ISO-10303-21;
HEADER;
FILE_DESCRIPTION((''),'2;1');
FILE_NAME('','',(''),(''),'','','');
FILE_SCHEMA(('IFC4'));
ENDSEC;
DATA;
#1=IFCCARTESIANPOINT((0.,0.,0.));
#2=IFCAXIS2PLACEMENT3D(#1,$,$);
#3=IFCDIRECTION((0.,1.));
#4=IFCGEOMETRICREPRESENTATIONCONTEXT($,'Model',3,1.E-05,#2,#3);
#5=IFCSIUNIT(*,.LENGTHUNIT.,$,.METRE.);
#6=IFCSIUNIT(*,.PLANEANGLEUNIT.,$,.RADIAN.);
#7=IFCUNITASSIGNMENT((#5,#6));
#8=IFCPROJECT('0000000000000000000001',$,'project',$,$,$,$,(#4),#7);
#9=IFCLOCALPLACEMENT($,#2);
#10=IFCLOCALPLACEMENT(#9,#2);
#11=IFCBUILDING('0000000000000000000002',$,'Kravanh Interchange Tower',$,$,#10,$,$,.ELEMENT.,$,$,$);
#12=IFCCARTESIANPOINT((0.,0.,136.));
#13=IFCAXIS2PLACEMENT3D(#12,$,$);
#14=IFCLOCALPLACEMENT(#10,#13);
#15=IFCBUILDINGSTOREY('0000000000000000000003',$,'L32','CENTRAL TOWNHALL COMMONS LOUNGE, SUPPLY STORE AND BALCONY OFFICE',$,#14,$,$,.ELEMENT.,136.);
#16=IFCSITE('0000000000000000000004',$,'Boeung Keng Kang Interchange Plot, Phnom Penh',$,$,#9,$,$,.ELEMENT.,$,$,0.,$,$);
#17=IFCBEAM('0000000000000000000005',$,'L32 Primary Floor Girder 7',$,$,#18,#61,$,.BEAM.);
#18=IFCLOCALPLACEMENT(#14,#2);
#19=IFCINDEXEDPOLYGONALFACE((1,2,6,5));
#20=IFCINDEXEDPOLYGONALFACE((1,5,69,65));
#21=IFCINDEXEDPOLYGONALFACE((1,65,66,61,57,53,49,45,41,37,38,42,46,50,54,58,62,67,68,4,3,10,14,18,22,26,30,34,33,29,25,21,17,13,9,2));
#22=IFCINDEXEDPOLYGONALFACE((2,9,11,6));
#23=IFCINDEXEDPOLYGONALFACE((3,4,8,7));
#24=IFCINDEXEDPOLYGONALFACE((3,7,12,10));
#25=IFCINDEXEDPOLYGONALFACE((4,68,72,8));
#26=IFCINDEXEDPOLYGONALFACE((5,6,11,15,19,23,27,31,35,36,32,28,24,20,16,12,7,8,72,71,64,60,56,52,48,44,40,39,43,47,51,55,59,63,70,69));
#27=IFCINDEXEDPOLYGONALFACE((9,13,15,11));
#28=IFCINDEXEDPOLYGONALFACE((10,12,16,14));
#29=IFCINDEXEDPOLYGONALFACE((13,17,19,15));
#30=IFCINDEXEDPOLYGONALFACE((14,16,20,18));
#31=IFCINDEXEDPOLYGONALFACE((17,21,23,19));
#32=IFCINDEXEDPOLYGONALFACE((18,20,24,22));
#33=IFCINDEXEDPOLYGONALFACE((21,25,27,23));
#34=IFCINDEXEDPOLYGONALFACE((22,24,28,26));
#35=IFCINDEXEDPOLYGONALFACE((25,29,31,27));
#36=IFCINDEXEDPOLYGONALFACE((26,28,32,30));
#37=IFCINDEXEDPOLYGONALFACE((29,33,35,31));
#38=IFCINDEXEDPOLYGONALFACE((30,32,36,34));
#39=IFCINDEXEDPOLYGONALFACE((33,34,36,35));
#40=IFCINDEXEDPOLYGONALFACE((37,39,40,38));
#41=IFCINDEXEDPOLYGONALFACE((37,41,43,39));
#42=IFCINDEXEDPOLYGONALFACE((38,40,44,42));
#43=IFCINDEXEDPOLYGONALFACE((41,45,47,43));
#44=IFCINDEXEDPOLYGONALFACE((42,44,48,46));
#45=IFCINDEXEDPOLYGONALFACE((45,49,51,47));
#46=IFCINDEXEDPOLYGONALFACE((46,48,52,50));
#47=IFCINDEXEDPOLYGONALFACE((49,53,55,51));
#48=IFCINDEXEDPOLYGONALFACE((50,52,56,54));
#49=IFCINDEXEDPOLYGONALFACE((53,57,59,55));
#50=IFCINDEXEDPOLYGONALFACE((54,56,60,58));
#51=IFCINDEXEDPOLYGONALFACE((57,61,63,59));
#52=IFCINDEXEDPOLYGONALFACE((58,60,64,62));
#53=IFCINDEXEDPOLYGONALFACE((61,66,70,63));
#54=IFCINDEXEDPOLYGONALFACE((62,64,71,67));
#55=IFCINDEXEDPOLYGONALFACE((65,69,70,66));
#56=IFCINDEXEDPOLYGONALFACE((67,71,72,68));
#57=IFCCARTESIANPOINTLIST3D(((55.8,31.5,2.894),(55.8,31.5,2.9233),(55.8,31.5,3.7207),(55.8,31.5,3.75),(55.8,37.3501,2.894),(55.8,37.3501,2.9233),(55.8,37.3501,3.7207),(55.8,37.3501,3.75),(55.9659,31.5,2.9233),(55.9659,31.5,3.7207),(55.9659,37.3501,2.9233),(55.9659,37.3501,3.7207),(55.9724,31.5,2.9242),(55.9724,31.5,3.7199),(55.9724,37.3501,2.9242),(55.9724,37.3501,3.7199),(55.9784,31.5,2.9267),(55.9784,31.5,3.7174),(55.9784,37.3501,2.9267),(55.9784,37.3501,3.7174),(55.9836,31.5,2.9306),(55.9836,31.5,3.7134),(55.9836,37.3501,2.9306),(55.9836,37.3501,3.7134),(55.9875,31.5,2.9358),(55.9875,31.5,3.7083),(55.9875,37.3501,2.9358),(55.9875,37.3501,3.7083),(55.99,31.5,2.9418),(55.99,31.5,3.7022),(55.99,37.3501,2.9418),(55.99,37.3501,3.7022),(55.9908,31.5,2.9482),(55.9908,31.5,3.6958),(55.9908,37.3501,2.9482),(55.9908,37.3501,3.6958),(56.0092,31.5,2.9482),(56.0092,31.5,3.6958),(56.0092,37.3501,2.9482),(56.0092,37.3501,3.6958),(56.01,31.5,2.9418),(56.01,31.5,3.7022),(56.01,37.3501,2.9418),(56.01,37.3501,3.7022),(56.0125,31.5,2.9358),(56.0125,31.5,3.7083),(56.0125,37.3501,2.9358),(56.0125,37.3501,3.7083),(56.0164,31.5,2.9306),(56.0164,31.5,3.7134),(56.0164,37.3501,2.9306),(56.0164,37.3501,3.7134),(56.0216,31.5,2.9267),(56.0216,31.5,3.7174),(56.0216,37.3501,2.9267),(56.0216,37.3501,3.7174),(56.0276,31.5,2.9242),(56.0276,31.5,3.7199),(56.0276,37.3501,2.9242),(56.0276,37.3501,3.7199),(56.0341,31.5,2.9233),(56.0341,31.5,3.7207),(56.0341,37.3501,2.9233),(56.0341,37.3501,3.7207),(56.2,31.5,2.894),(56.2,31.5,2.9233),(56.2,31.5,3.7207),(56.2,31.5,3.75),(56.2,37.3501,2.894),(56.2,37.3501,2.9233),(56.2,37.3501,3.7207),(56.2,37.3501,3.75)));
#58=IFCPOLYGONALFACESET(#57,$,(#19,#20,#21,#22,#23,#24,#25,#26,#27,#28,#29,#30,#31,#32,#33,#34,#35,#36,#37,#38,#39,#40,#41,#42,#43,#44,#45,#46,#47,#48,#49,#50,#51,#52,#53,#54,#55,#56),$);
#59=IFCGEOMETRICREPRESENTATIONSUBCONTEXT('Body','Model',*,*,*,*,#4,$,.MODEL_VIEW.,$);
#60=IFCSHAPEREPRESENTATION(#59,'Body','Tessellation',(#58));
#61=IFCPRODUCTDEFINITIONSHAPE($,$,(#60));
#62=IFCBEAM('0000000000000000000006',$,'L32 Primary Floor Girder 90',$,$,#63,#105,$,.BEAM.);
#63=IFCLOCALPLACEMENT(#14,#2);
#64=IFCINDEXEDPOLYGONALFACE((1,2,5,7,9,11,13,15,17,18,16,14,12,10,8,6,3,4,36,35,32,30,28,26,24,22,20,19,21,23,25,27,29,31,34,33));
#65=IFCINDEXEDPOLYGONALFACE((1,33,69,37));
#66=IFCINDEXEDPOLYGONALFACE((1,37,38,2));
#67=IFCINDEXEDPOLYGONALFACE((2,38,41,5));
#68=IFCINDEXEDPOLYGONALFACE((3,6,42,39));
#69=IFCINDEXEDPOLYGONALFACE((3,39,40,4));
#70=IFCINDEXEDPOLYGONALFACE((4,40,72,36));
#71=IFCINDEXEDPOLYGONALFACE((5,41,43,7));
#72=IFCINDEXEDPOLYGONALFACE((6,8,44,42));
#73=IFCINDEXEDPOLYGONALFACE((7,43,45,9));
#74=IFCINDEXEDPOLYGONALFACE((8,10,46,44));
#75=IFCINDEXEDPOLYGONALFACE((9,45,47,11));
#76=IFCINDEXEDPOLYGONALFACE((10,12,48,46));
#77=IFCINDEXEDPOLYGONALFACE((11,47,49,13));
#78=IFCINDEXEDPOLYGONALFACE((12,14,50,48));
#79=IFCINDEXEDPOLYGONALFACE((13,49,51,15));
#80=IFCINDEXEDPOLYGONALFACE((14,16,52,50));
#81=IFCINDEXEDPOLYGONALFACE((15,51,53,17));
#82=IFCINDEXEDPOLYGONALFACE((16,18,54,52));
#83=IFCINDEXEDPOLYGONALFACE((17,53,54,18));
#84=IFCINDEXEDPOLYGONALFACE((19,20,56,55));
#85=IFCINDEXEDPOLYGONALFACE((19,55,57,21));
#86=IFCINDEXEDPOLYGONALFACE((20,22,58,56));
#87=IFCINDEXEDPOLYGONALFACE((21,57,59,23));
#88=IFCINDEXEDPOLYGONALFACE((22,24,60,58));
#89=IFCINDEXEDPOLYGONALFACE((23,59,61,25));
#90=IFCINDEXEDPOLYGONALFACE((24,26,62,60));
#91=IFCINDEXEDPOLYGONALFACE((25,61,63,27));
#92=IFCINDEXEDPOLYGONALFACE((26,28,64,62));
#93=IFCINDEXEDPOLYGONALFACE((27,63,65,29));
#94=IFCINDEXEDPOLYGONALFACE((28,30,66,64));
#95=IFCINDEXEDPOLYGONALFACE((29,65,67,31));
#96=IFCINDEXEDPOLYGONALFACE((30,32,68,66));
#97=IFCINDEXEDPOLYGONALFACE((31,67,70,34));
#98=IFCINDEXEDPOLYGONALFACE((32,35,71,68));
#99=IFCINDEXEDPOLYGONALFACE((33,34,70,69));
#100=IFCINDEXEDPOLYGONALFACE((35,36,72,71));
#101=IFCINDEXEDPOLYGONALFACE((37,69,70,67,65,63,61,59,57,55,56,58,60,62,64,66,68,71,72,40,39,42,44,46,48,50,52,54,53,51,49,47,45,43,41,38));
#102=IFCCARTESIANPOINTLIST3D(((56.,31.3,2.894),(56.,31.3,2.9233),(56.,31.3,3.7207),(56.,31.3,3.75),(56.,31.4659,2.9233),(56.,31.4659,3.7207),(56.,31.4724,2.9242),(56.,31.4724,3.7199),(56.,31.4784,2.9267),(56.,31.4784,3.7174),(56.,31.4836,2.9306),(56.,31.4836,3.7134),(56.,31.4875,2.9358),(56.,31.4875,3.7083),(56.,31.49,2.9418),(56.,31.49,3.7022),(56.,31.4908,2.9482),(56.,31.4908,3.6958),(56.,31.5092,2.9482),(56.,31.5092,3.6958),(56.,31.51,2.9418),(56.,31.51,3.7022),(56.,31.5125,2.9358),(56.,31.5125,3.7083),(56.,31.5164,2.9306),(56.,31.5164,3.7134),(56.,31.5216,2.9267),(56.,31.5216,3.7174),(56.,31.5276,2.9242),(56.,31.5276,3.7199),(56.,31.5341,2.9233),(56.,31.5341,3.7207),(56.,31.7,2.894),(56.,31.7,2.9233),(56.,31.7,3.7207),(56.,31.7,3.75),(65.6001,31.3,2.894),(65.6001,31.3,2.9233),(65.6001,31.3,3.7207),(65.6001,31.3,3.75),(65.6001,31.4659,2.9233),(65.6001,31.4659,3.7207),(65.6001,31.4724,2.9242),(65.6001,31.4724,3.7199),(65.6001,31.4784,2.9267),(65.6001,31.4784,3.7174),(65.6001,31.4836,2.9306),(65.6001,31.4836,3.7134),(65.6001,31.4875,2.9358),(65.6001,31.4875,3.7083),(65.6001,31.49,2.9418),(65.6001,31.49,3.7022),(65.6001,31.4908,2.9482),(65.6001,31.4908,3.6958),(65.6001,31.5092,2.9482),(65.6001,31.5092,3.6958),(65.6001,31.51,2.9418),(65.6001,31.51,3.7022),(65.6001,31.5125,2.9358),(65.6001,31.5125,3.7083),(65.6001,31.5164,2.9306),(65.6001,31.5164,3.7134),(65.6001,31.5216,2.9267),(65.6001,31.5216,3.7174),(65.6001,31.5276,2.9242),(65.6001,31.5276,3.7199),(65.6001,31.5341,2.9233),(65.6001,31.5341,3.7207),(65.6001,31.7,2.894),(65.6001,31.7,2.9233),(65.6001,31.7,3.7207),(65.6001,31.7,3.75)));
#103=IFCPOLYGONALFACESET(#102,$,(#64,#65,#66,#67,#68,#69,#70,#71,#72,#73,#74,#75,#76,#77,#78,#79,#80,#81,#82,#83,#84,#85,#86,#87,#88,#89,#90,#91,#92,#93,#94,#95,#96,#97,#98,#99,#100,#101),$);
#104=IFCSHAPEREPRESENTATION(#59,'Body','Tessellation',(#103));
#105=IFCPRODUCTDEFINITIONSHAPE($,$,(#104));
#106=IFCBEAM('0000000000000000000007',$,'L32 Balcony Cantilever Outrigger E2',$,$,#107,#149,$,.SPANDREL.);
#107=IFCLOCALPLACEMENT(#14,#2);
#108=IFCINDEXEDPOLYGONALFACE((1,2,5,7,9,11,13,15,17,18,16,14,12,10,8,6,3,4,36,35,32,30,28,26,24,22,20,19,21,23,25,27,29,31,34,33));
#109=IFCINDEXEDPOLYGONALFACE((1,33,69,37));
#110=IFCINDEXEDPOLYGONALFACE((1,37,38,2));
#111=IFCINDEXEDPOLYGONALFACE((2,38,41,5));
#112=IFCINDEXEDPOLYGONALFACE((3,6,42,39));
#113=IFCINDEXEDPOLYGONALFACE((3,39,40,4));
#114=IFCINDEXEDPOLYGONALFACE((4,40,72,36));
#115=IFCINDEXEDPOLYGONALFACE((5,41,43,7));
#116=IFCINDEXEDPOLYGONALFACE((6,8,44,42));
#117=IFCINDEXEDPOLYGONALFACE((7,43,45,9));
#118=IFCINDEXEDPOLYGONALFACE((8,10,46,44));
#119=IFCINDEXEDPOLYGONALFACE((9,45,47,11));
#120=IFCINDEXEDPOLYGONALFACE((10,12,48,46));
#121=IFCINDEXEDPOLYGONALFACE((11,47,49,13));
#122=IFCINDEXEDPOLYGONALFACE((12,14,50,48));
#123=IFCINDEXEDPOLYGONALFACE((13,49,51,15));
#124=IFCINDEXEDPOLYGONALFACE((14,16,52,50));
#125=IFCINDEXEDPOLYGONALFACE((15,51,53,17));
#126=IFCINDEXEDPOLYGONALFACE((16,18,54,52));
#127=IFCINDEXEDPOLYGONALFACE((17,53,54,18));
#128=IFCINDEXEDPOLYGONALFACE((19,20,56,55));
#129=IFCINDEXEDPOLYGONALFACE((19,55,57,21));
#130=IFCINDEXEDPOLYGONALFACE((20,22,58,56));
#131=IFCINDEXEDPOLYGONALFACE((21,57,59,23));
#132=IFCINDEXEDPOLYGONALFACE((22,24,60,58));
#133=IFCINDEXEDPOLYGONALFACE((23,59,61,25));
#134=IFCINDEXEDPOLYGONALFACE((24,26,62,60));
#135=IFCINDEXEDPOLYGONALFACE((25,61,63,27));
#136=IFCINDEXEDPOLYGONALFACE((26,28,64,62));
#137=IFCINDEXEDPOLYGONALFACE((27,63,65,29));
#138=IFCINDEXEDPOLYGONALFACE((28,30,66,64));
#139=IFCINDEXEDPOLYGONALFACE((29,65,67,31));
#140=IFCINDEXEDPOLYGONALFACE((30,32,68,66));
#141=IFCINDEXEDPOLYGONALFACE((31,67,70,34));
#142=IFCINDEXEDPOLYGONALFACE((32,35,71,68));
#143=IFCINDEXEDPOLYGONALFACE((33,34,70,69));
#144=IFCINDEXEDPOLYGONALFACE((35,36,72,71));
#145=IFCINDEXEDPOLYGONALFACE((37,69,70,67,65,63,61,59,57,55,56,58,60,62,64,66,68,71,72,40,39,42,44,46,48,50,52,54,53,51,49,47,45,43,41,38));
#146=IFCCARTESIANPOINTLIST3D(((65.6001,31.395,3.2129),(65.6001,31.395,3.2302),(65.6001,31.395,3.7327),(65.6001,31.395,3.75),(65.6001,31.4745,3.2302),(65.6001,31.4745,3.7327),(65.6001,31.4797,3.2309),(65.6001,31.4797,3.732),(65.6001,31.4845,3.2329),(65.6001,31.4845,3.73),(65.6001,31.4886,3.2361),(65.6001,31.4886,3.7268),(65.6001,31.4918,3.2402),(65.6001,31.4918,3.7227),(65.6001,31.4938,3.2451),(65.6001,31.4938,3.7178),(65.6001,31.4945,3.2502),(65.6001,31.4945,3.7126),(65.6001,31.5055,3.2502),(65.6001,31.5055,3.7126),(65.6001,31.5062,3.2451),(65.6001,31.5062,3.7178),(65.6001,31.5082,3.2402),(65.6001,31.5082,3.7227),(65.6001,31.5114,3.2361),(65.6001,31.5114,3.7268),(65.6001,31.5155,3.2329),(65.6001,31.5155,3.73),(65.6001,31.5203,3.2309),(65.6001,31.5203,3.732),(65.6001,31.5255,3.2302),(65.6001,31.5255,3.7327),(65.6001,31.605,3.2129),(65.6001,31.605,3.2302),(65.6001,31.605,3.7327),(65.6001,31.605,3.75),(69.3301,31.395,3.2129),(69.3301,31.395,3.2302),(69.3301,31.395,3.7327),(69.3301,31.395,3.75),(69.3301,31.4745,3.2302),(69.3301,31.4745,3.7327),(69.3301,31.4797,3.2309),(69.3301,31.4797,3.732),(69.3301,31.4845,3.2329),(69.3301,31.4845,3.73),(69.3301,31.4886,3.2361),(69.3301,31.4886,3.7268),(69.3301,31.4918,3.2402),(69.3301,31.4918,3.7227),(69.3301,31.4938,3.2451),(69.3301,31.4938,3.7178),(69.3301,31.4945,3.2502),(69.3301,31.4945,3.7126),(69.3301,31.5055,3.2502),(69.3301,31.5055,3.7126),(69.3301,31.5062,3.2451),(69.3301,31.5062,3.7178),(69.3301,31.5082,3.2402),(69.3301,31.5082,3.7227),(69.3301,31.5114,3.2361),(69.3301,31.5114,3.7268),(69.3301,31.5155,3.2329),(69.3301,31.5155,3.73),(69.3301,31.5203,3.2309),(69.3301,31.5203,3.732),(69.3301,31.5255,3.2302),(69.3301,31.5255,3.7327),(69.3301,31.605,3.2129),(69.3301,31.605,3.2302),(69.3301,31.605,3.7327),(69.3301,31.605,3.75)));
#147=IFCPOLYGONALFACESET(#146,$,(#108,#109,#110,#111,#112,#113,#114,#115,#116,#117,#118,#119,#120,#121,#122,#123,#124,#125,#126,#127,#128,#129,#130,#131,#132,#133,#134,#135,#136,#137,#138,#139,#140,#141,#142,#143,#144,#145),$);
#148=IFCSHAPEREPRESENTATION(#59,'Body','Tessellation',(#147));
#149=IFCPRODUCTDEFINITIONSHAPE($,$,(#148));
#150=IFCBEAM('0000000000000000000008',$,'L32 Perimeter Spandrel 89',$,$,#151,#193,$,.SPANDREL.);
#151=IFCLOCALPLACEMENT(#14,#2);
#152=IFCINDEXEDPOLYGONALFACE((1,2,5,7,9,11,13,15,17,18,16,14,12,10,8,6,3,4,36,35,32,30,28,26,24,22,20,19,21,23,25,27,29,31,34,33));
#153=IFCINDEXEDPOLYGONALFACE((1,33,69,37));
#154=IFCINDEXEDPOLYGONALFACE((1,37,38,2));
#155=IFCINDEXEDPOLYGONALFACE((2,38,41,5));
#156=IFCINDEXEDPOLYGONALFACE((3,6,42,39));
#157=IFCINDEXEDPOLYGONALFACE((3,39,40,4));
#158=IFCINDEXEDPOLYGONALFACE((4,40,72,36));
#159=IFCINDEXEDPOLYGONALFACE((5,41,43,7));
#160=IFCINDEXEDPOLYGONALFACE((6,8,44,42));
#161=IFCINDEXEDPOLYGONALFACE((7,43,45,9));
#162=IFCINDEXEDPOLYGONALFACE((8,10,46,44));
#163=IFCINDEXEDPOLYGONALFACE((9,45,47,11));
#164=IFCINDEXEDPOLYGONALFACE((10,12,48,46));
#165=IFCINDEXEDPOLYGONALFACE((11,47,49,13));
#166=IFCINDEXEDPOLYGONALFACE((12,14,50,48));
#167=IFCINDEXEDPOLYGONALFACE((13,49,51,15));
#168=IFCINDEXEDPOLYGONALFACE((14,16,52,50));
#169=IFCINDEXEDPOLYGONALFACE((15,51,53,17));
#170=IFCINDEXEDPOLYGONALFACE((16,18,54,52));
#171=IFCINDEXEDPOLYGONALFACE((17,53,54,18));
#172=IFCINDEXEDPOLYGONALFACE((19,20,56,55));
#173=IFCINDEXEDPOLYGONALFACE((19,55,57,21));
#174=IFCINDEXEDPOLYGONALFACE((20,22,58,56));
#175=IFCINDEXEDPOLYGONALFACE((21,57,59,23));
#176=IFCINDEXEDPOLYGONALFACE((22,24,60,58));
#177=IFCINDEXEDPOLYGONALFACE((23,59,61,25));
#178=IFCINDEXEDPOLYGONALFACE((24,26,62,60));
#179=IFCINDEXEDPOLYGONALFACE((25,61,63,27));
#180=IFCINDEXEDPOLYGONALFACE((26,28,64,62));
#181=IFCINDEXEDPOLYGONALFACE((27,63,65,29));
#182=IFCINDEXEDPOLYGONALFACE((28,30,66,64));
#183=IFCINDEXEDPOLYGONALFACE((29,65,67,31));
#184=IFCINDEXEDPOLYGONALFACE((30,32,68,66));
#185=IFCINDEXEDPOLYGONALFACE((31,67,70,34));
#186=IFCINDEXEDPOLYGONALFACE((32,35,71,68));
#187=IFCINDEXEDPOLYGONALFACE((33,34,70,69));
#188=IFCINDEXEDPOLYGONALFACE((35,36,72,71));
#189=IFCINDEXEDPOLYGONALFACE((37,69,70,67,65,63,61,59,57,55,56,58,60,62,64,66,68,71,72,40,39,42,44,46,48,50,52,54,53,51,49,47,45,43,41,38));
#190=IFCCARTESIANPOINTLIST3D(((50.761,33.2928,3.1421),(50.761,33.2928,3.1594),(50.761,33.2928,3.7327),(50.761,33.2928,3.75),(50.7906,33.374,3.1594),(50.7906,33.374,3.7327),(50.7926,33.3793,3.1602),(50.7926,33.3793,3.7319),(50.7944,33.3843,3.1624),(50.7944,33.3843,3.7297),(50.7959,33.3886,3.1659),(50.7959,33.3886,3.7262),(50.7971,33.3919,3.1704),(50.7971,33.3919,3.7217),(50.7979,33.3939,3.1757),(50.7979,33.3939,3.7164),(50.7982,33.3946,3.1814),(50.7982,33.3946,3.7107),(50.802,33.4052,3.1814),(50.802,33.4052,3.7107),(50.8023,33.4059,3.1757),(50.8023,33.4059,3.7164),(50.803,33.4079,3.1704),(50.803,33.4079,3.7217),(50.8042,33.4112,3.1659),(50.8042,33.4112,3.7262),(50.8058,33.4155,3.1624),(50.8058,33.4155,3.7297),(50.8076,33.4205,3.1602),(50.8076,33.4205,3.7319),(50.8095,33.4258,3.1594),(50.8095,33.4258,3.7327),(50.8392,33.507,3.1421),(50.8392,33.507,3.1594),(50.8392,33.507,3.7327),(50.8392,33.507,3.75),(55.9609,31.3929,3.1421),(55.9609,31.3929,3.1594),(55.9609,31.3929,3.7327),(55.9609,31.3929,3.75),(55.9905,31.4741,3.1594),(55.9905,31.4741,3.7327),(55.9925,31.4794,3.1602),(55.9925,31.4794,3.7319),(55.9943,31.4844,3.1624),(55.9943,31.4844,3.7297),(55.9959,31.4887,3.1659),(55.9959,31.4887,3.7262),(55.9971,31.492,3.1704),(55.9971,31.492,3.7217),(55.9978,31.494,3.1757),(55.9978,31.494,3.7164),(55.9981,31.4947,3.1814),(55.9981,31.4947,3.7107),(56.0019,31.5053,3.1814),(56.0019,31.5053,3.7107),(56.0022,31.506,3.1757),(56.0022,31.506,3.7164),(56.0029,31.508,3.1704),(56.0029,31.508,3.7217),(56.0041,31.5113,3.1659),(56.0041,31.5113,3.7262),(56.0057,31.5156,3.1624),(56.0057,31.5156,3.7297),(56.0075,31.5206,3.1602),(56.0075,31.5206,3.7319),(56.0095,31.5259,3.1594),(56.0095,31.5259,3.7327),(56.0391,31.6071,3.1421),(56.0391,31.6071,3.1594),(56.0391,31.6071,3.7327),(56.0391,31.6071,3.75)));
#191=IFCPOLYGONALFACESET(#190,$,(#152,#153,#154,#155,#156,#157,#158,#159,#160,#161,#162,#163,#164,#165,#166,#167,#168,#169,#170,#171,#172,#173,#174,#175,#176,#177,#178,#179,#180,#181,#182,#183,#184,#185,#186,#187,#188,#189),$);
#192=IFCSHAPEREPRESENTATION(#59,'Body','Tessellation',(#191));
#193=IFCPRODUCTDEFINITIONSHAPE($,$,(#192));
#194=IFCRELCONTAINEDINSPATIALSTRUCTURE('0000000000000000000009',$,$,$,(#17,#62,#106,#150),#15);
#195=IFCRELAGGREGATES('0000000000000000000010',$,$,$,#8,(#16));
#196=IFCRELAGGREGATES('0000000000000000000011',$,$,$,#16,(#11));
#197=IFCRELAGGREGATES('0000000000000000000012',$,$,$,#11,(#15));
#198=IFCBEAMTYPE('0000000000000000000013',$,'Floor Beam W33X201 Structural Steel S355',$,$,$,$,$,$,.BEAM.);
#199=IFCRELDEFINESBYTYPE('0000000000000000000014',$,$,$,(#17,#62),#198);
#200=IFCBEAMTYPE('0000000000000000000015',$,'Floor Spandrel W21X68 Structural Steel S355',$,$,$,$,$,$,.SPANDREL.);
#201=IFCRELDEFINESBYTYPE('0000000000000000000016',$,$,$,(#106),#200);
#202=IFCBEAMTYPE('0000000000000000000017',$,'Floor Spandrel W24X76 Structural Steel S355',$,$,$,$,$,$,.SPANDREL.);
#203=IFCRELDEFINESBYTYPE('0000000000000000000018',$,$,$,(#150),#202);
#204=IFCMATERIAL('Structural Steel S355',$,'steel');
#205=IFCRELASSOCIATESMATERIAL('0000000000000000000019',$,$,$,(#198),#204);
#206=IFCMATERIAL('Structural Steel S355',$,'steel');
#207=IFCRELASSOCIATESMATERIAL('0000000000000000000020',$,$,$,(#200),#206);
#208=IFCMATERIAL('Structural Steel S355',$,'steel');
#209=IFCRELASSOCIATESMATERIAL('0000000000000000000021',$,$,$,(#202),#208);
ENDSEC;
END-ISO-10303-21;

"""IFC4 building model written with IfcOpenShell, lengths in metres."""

from ifc_helpers import new_model, si_unit, direction, frame, origin, origin_2d, place, context, subcontext, project, spatial, i_section, extrude, material, material_profile, profile_set, type_object, element, save


model = new_model("IFC4")

# Units and contexts
model_context = context("Model", 3, precision=1e-05, world=origin(), true_north=direction((0.0, 1.0)))
body_context = subcontext(model_context, "Body", "Model", "MODEL_VIEW")
ifc_project = project(units=[si_unit("LENGTHUNIT", "METRE"), si_unit("PLANEANGLEUNIT", "RADIAN")], contexts=[model_context])

# Site, building, storey
site_placement = place(None, origin())
site = spatial("IfcSite", under=ifc_project, at=site_placement, Name="Boeung Keng Kang Interchange Plot, Phnom Penh", CompositionType="ELEMENT", RefElevation=0.0)
building_placement = place(site_placement, origin())
building = spatial("IfcBuilding", under=site, at=building_placement, Name="Kravanh Interchange Tower", CompositionType="ELEMENT")
storey_placement = place(building_placement, frame((0.0, 0.0, 136.0)))
storey = spatial("IfcBuildingStorey", under=building, at=storey_placement, Name="L32", Description="CENTRAL TOWNHALL COMMONS LOUNGE, SUPPLY STORE AND BALCONY OFFICE", CompositionType="ELEMENT", Elevation=136.0)

# Beams
ifc_material_1 = material(Name="Structural Steel S355", Category="steel")
ifc_material_profile_1 = material_profile(ifc_material_1, i_section(OverallWidth=0.3999, OverallDepth=0.856, WebThickness=0.0183, FlangeThickness=0.0293, FilletRadius=0.0249, at=origin_2d()), Name="W33X201")
ifc_profile_set_1 = profile_set([ifc_material_profile_1], Name="Structural Steel S355")
beam_type_1 = type_object("IfcBeamType", Name="Floor Beam W33X201 Structural Steel S355", PredefinedType="BEAM", material=ifc_profile_set_1)
beam_1_placement = place(storey_placement, frame((56.0, 37.3501, 3.322), z_axis=(0.0, -1.0, 0.0), x_axis=(1.0, 0.0, 0.0)))
element("IfcBeam", 1, at=beam_1_placement, inside=storey, type_object=beam_type_1, Name="L32 Primary Floor Girder 7", PredefinedType="BEAM", context=body_context, shape_type="SweptSolid", body=[
    extrude(i_section(OverallWidth=0.3999, OverallDepth=0.856, WebThickness=0.0183, FlangeThickness=0.0293, FilletRadius=0.0249, at=origin_2d()), origin(), (0.0, 0.0, 1.0), 5.8501),
])
beam_2_placement = place(storey_placement, frame((56.0, 31.5, 3.322), z_axis=(1.0, 0.0, 0.0), x_axis=(0.0, 1.0, 0.0)))
element("IfcBeam", 2, at=beam_2_placement, inside=storey, type_object=beam_type_1, Name="L32 Primary Floor Girder 90", PredefinedType="BEAM", context=body_context, shape_type="SweptSolid", body=[
    extrude(i_section(OverallWidth=0.3999, OverallDepth=0.856, WebThickness=0.0183, FlangeThickness=0.0293, FilletRadius=0.0249, at=origin_2d()), origin(), (0.0, 0.0, 1.0), 9.6001),
])
ifc_material_2 = material(Name="Structural Steel S355", Category="steel")
ifc_material_profile_2 = material_profile(ifc_material_2, i_section(OverallWidth=0.21, OverallDepth=0.5371, WebThickness=0.011, FlangeThickness=0.0173, FilletRadius=0.02, at=origin_2d()), Name="W21X68")
ifc_profile_set_2 = profile_set([ifc_material_profile_2], Name="Structural Steel S355")
beam_type_2 = type_object("IfcBeamType", Name="Floor Spandrel W21X68 Structural Steel S355", PredefinedType="SPANDREL", material=ifc_profile_set_2)
beam_3_placement = place(storey_placement, frame((65.6001, 31.5, 3.4814), z_axis=(1.0, 0.0, 0.0), x_axis=(0.0, 1.0, 0.0)))
element("IfcBeam", 3, at=beam_3_placement, inside=storey, type_object=beam_type_2, Name="L32 Balcony Cantilever Outrigger E2", PredefinedType="SPANDREL", context=body_context, shape_type="SweptSolid", body=[
    extrude(i_section(OverallWidth=0.21, OverallDepth=0.5371, WebThickness=0.011, FlangeThickness=0.0173, FilletRadius=0.02, at=origin_2d()), origin(), (0.0, 0.0, 1.0), 3.73),
])
ifc_material_3 = material(Name="Structural Steel S355", Category="steel")
ifc_material_profile_3 = material_profile(ifc_material_3, i_section(OverallWidth=0.228, OverallDepth=0.6079, WebThickness=0.0112, FlangeThickness=0.0173, FilletRadius=0.022, at=origin_2d()), Name="W24X76")
ifc_profile_set_3 = profile_set([ifc_material_profile_3], Name="Structural Steel S355")
beam_type_3 = type_object("IfcBeamType", Name="Floor Spandrel W24X76 Structural Steel S355", PredefinedType="SPANDREL", material=ifc_profile_set_3)
beam_4_placement = place(storey_placement, frame((56.0, 31.5, 3.446), z_axis=(-0.93927, 0.34318, 0.0), x_axis=(-0.34318, -0.93927, 0.0)))
element("IfcBeam", 4, at=beam_4_placement, inside=storey, type_object=beam_type_3, Name="L32 Perimeter Spandrel 89", PredefinedType="SPANDREL", context=body_context, shape_type="SweptSolid", body=[
    extrude(i_section(OverallWidth=0.228, OverallDepth=0.6079, WebThickness=0.0112, FlangeThickness=0.0173, FilletRadius=0.022, at=origin_2d()), origin(), (0.0, 0.0, 1.0), 5.5361),
])

save(model, "model.ifc")
